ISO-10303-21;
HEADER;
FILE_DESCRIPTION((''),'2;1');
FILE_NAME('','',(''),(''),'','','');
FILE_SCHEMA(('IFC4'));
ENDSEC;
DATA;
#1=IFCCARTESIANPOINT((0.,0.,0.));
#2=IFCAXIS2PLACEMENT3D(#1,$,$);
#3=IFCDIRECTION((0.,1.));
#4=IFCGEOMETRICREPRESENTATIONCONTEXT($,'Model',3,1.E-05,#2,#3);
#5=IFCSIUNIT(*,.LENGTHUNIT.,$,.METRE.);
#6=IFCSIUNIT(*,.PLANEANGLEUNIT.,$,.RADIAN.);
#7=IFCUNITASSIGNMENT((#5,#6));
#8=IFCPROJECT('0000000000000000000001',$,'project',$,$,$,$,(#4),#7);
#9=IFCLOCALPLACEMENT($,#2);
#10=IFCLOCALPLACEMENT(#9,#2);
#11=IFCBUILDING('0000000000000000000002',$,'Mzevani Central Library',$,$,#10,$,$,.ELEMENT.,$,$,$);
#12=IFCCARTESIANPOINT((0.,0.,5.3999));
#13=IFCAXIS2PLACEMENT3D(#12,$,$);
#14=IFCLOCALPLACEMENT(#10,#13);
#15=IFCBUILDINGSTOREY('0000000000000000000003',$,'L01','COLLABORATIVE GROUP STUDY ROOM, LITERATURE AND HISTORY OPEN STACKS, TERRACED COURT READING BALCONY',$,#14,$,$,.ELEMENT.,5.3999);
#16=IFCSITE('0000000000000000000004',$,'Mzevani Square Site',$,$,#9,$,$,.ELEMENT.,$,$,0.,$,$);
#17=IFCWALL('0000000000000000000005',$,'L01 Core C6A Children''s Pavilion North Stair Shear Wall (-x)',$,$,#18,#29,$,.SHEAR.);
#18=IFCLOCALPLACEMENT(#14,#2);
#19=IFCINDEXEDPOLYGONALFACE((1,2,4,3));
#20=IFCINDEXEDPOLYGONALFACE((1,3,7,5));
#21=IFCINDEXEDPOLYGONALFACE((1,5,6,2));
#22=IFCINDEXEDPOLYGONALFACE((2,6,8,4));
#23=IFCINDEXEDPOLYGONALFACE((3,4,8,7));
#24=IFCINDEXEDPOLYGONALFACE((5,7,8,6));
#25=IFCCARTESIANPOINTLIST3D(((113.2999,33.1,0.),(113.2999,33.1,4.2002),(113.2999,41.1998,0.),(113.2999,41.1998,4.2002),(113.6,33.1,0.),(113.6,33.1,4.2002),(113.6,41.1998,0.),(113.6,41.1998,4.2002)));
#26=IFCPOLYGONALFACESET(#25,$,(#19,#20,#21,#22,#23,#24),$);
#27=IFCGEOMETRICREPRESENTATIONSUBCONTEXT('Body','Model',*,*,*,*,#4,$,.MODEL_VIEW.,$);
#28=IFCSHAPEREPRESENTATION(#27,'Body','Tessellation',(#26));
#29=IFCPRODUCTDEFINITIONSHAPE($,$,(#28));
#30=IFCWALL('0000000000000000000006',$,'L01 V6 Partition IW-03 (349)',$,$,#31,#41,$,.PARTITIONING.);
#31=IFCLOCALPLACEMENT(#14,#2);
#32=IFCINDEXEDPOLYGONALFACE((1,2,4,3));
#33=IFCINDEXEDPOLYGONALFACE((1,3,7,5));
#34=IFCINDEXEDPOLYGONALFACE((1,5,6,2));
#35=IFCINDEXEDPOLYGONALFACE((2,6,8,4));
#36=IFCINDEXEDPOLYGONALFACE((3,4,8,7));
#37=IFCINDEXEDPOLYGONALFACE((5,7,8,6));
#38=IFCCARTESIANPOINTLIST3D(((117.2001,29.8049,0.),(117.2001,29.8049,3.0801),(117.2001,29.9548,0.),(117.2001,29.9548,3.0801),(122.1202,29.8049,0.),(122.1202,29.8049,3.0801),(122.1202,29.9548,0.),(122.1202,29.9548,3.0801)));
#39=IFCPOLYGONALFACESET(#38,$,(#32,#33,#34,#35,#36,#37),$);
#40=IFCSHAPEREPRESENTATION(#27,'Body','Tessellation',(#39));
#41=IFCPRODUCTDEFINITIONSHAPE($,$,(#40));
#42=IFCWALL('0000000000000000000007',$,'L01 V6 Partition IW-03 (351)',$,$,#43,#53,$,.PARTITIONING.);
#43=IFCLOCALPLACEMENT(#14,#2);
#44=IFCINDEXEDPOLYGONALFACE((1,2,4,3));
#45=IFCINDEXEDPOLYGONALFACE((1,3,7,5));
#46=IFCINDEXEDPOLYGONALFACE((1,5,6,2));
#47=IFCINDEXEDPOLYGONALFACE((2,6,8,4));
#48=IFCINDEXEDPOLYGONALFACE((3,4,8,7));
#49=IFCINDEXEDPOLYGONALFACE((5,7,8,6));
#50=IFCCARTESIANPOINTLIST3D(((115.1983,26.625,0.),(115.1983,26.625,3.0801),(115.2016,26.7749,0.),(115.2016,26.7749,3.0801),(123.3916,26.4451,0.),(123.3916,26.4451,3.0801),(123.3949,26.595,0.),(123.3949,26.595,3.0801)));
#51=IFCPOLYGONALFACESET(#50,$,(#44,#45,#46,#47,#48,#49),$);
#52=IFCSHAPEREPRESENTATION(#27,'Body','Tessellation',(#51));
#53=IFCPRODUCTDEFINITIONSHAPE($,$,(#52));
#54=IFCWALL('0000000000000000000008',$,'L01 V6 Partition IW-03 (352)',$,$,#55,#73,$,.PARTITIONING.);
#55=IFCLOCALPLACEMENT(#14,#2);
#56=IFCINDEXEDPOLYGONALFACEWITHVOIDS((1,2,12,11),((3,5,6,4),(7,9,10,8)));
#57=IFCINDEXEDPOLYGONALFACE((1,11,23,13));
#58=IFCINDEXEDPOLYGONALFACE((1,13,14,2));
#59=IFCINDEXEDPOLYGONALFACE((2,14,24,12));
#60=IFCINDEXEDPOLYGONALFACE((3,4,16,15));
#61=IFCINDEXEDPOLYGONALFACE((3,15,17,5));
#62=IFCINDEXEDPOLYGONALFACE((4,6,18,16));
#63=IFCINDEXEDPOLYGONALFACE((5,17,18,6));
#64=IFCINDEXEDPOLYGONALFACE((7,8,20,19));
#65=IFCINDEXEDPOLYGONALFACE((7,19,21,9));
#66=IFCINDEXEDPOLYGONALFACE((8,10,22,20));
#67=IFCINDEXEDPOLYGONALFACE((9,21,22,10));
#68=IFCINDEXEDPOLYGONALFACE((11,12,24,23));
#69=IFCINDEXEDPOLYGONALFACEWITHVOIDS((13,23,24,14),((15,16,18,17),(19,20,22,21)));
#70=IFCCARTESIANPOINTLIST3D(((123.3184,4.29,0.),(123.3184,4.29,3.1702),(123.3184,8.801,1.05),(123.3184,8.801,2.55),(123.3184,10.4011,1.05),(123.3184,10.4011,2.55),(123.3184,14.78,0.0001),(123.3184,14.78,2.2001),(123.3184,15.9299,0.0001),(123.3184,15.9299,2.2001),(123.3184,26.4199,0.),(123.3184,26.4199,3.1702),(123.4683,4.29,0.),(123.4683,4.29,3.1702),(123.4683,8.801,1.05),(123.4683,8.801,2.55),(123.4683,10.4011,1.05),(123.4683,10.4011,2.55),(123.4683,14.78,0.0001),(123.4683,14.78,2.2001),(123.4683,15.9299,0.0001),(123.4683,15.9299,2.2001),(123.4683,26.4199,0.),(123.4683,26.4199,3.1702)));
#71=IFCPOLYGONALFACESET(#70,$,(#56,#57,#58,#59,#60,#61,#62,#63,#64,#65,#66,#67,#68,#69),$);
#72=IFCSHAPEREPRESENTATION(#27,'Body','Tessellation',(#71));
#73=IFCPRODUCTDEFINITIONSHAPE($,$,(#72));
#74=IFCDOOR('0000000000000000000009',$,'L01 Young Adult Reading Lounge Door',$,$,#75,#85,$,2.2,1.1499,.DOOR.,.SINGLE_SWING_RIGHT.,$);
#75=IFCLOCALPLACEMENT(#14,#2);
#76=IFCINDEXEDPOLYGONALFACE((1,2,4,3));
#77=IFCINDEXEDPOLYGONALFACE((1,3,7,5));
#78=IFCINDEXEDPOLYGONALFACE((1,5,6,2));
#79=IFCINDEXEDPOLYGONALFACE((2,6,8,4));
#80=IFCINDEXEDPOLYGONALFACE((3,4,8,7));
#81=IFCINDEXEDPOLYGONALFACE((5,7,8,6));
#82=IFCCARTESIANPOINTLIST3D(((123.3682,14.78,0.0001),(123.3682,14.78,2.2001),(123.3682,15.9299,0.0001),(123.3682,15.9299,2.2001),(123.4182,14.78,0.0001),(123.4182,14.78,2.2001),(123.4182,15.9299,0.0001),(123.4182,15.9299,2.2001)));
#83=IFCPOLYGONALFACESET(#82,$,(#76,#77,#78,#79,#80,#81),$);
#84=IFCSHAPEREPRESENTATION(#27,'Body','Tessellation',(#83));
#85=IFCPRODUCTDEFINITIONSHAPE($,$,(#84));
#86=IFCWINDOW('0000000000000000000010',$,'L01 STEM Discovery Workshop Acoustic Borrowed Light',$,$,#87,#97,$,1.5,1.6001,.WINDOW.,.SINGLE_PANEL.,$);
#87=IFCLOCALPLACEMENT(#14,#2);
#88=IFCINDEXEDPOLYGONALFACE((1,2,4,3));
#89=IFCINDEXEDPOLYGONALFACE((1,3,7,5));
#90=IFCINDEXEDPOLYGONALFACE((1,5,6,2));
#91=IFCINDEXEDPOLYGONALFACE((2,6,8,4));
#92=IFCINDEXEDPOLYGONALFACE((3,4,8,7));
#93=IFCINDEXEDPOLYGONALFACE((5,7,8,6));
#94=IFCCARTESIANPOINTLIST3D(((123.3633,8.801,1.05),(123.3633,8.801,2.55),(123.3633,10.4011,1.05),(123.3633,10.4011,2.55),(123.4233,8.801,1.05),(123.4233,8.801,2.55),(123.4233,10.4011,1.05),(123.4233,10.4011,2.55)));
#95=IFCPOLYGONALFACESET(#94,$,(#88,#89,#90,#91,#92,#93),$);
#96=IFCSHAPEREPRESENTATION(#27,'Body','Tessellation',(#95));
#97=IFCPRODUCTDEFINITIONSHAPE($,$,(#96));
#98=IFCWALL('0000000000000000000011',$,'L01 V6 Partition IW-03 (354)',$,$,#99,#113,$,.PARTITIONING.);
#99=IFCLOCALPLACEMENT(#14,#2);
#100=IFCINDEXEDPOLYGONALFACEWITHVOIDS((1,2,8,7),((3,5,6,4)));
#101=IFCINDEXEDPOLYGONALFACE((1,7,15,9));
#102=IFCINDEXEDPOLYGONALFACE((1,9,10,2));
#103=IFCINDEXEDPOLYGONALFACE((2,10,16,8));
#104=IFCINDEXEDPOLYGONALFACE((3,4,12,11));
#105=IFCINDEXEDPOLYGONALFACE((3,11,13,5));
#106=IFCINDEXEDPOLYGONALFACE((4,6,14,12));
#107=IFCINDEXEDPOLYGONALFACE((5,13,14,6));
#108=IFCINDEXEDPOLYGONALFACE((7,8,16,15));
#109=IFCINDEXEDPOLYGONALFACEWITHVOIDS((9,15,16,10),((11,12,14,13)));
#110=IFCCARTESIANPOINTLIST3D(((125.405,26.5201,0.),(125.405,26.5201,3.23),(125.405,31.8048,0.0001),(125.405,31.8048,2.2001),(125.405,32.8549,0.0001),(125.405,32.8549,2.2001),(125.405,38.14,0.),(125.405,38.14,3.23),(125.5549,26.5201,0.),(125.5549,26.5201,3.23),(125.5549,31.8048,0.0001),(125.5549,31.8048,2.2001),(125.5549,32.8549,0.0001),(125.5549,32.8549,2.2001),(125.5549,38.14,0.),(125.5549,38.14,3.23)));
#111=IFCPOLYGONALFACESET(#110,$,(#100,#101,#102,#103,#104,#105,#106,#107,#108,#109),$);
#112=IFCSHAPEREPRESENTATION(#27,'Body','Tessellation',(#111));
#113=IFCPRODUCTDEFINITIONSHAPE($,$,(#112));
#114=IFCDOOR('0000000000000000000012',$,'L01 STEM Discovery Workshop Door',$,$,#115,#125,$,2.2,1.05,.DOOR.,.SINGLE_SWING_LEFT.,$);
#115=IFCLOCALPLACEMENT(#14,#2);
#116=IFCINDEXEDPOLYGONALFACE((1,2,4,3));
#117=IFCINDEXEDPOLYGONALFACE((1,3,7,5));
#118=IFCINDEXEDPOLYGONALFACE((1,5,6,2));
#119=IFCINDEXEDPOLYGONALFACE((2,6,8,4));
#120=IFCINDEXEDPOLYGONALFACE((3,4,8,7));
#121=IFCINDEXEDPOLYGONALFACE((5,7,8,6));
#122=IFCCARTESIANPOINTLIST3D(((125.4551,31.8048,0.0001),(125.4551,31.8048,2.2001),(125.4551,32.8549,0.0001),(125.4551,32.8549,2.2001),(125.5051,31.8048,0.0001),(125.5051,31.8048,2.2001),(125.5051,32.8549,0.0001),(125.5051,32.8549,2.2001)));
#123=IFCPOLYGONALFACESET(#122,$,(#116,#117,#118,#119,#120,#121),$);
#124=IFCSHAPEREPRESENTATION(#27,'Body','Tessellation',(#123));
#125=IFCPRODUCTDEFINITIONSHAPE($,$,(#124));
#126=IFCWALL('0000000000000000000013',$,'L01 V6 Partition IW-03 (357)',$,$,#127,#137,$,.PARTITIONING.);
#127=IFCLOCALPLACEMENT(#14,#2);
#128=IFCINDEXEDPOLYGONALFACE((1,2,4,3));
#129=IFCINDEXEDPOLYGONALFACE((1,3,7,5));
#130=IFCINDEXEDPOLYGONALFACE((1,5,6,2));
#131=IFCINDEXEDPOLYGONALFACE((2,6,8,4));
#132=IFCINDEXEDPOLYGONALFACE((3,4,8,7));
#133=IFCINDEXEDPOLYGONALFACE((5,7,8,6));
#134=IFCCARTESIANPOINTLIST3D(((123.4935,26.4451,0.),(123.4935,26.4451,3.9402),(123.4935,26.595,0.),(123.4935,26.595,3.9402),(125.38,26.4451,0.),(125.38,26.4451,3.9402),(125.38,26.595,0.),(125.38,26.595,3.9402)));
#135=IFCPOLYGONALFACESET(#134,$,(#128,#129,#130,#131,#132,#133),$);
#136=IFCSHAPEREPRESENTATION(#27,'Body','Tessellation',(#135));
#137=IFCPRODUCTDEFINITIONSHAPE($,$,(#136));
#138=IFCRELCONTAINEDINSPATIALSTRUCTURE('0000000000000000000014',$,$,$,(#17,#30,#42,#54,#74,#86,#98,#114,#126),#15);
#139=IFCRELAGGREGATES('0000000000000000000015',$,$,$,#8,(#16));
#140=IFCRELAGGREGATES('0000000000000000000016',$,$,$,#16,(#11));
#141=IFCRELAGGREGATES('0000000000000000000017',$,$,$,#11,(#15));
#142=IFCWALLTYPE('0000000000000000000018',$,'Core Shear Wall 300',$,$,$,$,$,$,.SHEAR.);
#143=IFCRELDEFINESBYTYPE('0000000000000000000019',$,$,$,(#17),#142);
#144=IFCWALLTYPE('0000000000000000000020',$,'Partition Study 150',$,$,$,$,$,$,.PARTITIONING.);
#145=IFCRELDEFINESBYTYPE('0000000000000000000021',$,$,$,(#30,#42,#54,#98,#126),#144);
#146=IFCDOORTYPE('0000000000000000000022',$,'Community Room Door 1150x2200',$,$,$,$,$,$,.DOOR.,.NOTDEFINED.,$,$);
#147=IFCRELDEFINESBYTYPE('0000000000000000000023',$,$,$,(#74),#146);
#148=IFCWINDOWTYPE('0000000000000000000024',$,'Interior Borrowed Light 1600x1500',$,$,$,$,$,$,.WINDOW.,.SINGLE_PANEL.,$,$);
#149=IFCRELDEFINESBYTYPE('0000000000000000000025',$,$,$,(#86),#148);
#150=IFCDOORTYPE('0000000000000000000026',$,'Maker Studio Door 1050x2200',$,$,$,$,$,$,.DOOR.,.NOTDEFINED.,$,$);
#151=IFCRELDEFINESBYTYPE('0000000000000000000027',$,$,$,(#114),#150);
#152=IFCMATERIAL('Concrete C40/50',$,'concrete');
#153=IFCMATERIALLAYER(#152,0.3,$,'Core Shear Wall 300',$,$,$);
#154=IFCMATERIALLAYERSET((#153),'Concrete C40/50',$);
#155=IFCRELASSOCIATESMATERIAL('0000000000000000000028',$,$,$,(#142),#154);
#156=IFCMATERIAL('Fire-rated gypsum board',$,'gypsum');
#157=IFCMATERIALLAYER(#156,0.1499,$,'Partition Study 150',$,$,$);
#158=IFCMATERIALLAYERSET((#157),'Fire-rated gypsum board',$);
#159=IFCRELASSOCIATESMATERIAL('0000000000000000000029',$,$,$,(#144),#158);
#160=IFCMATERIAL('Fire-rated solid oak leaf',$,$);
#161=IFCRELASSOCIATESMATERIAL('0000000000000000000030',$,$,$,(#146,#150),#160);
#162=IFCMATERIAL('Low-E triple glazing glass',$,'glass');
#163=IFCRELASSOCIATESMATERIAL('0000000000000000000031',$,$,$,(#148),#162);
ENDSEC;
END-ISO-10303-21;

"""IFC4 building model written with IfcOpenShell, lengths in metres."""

from ifc_helpers import new_model, si_unit, direction, frame, frame_2d, origin, place, context, subcontext, project, spatial, rectangle, extrude, material, layer, layer_set, type_object, element, fill, save


model = new_model("IFC4")

# Units and contexts
model_context = context("Model", 3, precision=1e-05, world=origin(), true_north=direction((0.0, 1.0)))
body_context = subcontext(model_context, "Body", "Model", "MODEL_VIEW")
ifc_project = project(units=[si_unit("LENGTHUNIT", "METRE"), si_unit("PLANEANGLEUNIT", "RADIAN")], contexts=[model_context])

# Site, building, storey
site_placement = place(None, origin())
site = spatial("IfcSite", under=ifc_project, at=site_placement, Name="Mzevani Square Site", CompositionType="ELEMENT", RefElevation=0.0)
building_placement = place(site_placement, origin())
building = spatial("IfcBuilding", under=site, at=building_placement, Name="Mzevani Central Library", CompositionType="ELEMENT")
storey_placement = place(building_placement, frame((0.0, 0.0, 5.3999)))
storey = spatial("IfcBuildingStorey", under=building, at=storey_placement, Name="L01", Description="COLLABORATIVE GROUP STUDY ROOM, LITERATURE AND HISTORY OPEN STACKS, TERRACED COURT READING BALCONY", CompositionType="ELEMENT", Elevation=5.3999)

# Shared definitions
ifc_material_1 = material(Name="Concrete C40/50", Category="concrete")

# Shared definitions
ifc_layer_1 = layer(ifc_material_1, 0.3, Name="Core Shear Wall 300")
ifc_layer_set_1 = layer_set([ifc_layer_1], Name="Concrete C40/50")
wall_type_1 = type_object("IfcWallType", Name="Core Shear Wall 300", PredefinedType="SHEAR", material=ifc_layer_set_1)

# Walls
wall_1_placement = place(storey_placement, frame((113.45, 33.1001, 0.0), z_axis=(0.0, 0.0, 1.0), x_axis=(0.0, 1.0, 0.0)))
element("IfcWall", 1, at=wall_1_placement, inside=storey, type_object=wall_type_1, Name="L01 Core C6A Children's Pavilion North Stair Shear Wall (-x)", PredefinedType="SHEAR", context=body_context, shape_type="SweptSolid", body=[
    extrude(rectangle(XDim=8.0999, YDim=0.3, at=frame_2d((4.0498, 0.0))), origin(), (0.0, 0.0, 1.0), 4.2002),
])
ifc_material_2 = material(Name="Fire-rated gypsum board", Category="gypsum")
ifc_layer_2 = layer(ifc_material_2, 0.1499, Name="Partition Study 150")
ifc_layer_set_2 = layer_set([ifc_layer_2], Name="Fire-rated gypsum board")
wall_type_2 = type_object("IfcWallType", Name="Partition Study 150", PredefinedType="PARTITIONING", material=ifc_layer_set_2)
wall_2_placement = place(storey_placement, frame((122.1201, 29.8799, 0.0), z_axis=(0.0, 0.0, 1.0), x_axis=(-1.0, 0.0, 0.0)))
element("IfcWall", 2, at=wall_2_placement, inside=storey, type_object=wall_type_2, Name="L01 V6 Partition IW-03 (349)", PredefinedType="PARTITIONING", context=body_context, shape_type="SweptSolid", body=[
    extrude(rectangle(XDim=4.9202, YDim=0.1499, at=frame_2d((2.46, 0.0))), origin(), (0.0, 0.0, 1.0), 3.0801),
])
wall_3_placement = place(storey_placement, frame((115.2, 26.7, 0.0), z_axis=(0.0, 0.0, 1.0), x_axis=(0.999759, -0.021955, 0.0)))
element("IfcWall", 3, at=wall_3_placement, inside=storey, type_object=wall_type_2, Name="L01 V6 Partition IW-03 (351)", PredefinedType="PARTITIONING", context=body_context, shape_type="SweptSolid", body=[
    extrude(rectangle(XDim=8.1953, YDim=0.1499, at=frame_2d((4.0977, 0.0))), origin(), (0.0, 0.0, 1.0), 3.0801),
])

# Wall, openings, door, window
wall_4_placement = place(storey_placement, frame((123.3933, 26.4199, 0.0), z_axis=(0.0, 0.0, 1.0), x_axis=(0.0, -1.0, 0.0)))
wall_4 = element("IfcWall", 4, at=wall_4_placement, inside=storey, type_object=wall_type_2, Name="L01 V6 Partition IW-03 (352)", PredefinedType="PARTITIONING", context=body_context, shape_type="SweptSolid", body=[
    extrude(rectangle(XDim=22.1299, YDim=0.1499, at=frame_2d((11.0649, 0.0))), origin(), (0.0, 0.0, 1.0), 3.1702),
])
opening_1_placement = place(wall_4_placement, frame((10.49, 0.0, 0.0)))
opening_1 = element("IfcOpeningElement", 5, at=opening_1_placement, cuts=wall_4, PredefinedType="OPENING", context=body_context, shape_type="SweptSolid", body=[
    extrude(rectangle(XDim=1.1499, YDim=2.2, at=frame_2d((0.575, 1.1001))), frame((0.0, 0.085, 0.0), z_axis=(0.0, -1.0, 0.0), x_axis=(1.0, 0.0, 0.0)), (0.0, 0.0, 1.0), 0.1699),
])
opening_2_placement = place(wall_4_placement, frame((16.0188, 0.0, 1.05)))
opening_2 = element("IfcOpeningElement", 6, at=opening_2_placement, cuts=wall_4, PredefinedType="OPENING", context=body_context, shape_type="SweptSolid", body=[
    extrude(rectangle(XDim=1.6001, YDim=1.5, at=frame_2d((0.8, 0.75))), frame((0.0, 0.085, 0.0), z_axis=(0.0, -1.0, 0.0), x_axis=(1.0, 0.0, 0.0)), (0.0, 0.0, 1.0), 0.1699),
])
ifc_material_3 = material(Name="Fire-rated solid oak leaf")
door_type_1 = type_object("IfcDoorType", Name="Community Room Door 1150x2200", OperationType="NOTDEFINED", PredefinedType="DOOR", material=ifc_material_3)
door_1_placement = place(opening_1_placement, origin())
door_1 = element("IfcDoor", 7, at=door_1_placement, inside=storey, type_object=door_type_1, Name="L01 Young Adult Reading Lounge Door", OperationType="SINGLE_SWING_RIGHT", OverallHeight=2.2, OverallWidth=1.1499, PredefinedType="DOOR", context=body_context, shape_type="SweptSolid", body=[
    extrude(rectangle(XDim=1.1499, YDim=2.2, at=frame_2d((0.575, 1.1001))), frame((0.0, 0.0249, 0.0), z_axis=(0.0, -1.0, 0.0), x_axis=(1.0, 0.0, 0.0)), (0.0, 0.0, 1.0), 0.05),
])
fill(opening_1, door_1)
ifc_material_4 = material(Name="Low-E triple glazing glass", Category="glass")
window_type = type_object("IfcWindowType", Name="Interior Borrowed Light 1600x1500", PartitioningType="SINGLE_PANEL", PredefinedType="WINDOW", material=ifc_material_4)
window_placement = place(opening_2_placement, origin())
window = element("IfcWindow", 8, at=window_placement, inside=storey, type_object=window_type, Name="L01 STEM Discovery Workshop Acoustic Borrowed Light", OverallHeight=1.5, OverallWidth=1.6001, PartitioningType="SINGLE_PANEL", PredefinedType="WINDOW", context=body_context, shape_type="SweptSolid", body=[
    extrude(rectangle(XDim=1.6001, YDim=1.5, at=frame_2d((0.8, 0.75))), frame((0.0, 0.03, 0.0), z_axis=(0.0, -1.0, 0.0), x_axis=(1.0, 0.0, 0.0)), (0.0, 0.0, 1.0), 0.0601),
])
fill(opening_2, window)

# Wall, opening, door
wall_5_placement = place(storey_placement, frame((125.48, 26.52, 0.0), z_axis=(0.0, 0.0, 1.0), x_axis=(0.0, 1.0, 0.0)))
wall_5 = element("IfcWall", 9, at=wall_5_placement, inside=storey, type_object=wall_type_2, Name="L01 V6 Partition IW-03 (354)", PredefinedType="PARTITIONING", context=body_context, shape_type="SweptSolid", body=[
    extrude(rectangle(XDim=11.6199, YDim=0.1499, at=frame_2d((5.8101, 0.0))), origin(), (0.0, 0.0, 1.0), 3.23),
])
opening_3_placement = place(wall_5_placement, frame((5.2849, 0.0, 0.0)))
opening_3 = element("IfcOpeningElement", 10, at=opening_3_placement, cuts=wall_5, PredefinedType="OPENING", context=body_context, shape_type="SweptSolid", body=[
    extrude(rectangle(XDim=1.05, YDim=2.2, at=frame_2d((0.5249, 1.1001))), frame((0.0, 0.085, 0.0), z_axis=(0.0, -1.0, 0.0), x_axis=(1.0, 0.0, 0.0)), (0.0, 0.0, 1.0), 0.1699),
])
door_type_2 = type_object("IfcDoorType", Name="Maker Studio Door 1050x2200", OperationType="NOTDEFINED", PredefinedType="DOOR", material=ifc_material_3)
door_2_placement = place(opening_3_placement, origin())
door_2 = element("IfcDoor", 11, at=door_2_placement, inside=storey, type_object=door_type_2, Name="L01 STEM Discovery Workshop Door", OperationType="SINGLE_SWING_LEFT", OverallHeight=2.2, OverallWidth=1.05, PredefinedType="DOOR", context=body_context, shape_type="SweptSolid", body=[
    extrude(rectangle(XDim=1.05, YDim=2.2, at=frame_2d((0.5249, 1.1001))), frame((0.0, 0.0249, 0.0), z_axis=(0.0, -1.0, 0.0), x_axis=(1.0, 0.0, 0.0)), (0.0, 0.0, 1.0), 0.05),
])
fill(opening_3, door_2)

# Wall
wall_6_placement = place(storey_placement, frame((123.4934, 26.52, 0.0), z_axis=(0.0, 0.0, 1.0), x_axis=(1.0, 0.0, 0.0)))
element("IfcWall", 12, at=wall_6_placement, inside=storey, type_object=wall_type_2, Name="L01 V6 Partition IW-03 (357)", PredefinedType="PARTITIONING", context=body_context, shape_type="SweptSolid", body=[
    extrude(rectangle(XDim=1.8865, YDim=0.1499, at=frame_2d((0.9434, 0.0))), origin(), (0.0, 0.0, 1.0), 3.9402),
])

save(model, "model.ifc")
